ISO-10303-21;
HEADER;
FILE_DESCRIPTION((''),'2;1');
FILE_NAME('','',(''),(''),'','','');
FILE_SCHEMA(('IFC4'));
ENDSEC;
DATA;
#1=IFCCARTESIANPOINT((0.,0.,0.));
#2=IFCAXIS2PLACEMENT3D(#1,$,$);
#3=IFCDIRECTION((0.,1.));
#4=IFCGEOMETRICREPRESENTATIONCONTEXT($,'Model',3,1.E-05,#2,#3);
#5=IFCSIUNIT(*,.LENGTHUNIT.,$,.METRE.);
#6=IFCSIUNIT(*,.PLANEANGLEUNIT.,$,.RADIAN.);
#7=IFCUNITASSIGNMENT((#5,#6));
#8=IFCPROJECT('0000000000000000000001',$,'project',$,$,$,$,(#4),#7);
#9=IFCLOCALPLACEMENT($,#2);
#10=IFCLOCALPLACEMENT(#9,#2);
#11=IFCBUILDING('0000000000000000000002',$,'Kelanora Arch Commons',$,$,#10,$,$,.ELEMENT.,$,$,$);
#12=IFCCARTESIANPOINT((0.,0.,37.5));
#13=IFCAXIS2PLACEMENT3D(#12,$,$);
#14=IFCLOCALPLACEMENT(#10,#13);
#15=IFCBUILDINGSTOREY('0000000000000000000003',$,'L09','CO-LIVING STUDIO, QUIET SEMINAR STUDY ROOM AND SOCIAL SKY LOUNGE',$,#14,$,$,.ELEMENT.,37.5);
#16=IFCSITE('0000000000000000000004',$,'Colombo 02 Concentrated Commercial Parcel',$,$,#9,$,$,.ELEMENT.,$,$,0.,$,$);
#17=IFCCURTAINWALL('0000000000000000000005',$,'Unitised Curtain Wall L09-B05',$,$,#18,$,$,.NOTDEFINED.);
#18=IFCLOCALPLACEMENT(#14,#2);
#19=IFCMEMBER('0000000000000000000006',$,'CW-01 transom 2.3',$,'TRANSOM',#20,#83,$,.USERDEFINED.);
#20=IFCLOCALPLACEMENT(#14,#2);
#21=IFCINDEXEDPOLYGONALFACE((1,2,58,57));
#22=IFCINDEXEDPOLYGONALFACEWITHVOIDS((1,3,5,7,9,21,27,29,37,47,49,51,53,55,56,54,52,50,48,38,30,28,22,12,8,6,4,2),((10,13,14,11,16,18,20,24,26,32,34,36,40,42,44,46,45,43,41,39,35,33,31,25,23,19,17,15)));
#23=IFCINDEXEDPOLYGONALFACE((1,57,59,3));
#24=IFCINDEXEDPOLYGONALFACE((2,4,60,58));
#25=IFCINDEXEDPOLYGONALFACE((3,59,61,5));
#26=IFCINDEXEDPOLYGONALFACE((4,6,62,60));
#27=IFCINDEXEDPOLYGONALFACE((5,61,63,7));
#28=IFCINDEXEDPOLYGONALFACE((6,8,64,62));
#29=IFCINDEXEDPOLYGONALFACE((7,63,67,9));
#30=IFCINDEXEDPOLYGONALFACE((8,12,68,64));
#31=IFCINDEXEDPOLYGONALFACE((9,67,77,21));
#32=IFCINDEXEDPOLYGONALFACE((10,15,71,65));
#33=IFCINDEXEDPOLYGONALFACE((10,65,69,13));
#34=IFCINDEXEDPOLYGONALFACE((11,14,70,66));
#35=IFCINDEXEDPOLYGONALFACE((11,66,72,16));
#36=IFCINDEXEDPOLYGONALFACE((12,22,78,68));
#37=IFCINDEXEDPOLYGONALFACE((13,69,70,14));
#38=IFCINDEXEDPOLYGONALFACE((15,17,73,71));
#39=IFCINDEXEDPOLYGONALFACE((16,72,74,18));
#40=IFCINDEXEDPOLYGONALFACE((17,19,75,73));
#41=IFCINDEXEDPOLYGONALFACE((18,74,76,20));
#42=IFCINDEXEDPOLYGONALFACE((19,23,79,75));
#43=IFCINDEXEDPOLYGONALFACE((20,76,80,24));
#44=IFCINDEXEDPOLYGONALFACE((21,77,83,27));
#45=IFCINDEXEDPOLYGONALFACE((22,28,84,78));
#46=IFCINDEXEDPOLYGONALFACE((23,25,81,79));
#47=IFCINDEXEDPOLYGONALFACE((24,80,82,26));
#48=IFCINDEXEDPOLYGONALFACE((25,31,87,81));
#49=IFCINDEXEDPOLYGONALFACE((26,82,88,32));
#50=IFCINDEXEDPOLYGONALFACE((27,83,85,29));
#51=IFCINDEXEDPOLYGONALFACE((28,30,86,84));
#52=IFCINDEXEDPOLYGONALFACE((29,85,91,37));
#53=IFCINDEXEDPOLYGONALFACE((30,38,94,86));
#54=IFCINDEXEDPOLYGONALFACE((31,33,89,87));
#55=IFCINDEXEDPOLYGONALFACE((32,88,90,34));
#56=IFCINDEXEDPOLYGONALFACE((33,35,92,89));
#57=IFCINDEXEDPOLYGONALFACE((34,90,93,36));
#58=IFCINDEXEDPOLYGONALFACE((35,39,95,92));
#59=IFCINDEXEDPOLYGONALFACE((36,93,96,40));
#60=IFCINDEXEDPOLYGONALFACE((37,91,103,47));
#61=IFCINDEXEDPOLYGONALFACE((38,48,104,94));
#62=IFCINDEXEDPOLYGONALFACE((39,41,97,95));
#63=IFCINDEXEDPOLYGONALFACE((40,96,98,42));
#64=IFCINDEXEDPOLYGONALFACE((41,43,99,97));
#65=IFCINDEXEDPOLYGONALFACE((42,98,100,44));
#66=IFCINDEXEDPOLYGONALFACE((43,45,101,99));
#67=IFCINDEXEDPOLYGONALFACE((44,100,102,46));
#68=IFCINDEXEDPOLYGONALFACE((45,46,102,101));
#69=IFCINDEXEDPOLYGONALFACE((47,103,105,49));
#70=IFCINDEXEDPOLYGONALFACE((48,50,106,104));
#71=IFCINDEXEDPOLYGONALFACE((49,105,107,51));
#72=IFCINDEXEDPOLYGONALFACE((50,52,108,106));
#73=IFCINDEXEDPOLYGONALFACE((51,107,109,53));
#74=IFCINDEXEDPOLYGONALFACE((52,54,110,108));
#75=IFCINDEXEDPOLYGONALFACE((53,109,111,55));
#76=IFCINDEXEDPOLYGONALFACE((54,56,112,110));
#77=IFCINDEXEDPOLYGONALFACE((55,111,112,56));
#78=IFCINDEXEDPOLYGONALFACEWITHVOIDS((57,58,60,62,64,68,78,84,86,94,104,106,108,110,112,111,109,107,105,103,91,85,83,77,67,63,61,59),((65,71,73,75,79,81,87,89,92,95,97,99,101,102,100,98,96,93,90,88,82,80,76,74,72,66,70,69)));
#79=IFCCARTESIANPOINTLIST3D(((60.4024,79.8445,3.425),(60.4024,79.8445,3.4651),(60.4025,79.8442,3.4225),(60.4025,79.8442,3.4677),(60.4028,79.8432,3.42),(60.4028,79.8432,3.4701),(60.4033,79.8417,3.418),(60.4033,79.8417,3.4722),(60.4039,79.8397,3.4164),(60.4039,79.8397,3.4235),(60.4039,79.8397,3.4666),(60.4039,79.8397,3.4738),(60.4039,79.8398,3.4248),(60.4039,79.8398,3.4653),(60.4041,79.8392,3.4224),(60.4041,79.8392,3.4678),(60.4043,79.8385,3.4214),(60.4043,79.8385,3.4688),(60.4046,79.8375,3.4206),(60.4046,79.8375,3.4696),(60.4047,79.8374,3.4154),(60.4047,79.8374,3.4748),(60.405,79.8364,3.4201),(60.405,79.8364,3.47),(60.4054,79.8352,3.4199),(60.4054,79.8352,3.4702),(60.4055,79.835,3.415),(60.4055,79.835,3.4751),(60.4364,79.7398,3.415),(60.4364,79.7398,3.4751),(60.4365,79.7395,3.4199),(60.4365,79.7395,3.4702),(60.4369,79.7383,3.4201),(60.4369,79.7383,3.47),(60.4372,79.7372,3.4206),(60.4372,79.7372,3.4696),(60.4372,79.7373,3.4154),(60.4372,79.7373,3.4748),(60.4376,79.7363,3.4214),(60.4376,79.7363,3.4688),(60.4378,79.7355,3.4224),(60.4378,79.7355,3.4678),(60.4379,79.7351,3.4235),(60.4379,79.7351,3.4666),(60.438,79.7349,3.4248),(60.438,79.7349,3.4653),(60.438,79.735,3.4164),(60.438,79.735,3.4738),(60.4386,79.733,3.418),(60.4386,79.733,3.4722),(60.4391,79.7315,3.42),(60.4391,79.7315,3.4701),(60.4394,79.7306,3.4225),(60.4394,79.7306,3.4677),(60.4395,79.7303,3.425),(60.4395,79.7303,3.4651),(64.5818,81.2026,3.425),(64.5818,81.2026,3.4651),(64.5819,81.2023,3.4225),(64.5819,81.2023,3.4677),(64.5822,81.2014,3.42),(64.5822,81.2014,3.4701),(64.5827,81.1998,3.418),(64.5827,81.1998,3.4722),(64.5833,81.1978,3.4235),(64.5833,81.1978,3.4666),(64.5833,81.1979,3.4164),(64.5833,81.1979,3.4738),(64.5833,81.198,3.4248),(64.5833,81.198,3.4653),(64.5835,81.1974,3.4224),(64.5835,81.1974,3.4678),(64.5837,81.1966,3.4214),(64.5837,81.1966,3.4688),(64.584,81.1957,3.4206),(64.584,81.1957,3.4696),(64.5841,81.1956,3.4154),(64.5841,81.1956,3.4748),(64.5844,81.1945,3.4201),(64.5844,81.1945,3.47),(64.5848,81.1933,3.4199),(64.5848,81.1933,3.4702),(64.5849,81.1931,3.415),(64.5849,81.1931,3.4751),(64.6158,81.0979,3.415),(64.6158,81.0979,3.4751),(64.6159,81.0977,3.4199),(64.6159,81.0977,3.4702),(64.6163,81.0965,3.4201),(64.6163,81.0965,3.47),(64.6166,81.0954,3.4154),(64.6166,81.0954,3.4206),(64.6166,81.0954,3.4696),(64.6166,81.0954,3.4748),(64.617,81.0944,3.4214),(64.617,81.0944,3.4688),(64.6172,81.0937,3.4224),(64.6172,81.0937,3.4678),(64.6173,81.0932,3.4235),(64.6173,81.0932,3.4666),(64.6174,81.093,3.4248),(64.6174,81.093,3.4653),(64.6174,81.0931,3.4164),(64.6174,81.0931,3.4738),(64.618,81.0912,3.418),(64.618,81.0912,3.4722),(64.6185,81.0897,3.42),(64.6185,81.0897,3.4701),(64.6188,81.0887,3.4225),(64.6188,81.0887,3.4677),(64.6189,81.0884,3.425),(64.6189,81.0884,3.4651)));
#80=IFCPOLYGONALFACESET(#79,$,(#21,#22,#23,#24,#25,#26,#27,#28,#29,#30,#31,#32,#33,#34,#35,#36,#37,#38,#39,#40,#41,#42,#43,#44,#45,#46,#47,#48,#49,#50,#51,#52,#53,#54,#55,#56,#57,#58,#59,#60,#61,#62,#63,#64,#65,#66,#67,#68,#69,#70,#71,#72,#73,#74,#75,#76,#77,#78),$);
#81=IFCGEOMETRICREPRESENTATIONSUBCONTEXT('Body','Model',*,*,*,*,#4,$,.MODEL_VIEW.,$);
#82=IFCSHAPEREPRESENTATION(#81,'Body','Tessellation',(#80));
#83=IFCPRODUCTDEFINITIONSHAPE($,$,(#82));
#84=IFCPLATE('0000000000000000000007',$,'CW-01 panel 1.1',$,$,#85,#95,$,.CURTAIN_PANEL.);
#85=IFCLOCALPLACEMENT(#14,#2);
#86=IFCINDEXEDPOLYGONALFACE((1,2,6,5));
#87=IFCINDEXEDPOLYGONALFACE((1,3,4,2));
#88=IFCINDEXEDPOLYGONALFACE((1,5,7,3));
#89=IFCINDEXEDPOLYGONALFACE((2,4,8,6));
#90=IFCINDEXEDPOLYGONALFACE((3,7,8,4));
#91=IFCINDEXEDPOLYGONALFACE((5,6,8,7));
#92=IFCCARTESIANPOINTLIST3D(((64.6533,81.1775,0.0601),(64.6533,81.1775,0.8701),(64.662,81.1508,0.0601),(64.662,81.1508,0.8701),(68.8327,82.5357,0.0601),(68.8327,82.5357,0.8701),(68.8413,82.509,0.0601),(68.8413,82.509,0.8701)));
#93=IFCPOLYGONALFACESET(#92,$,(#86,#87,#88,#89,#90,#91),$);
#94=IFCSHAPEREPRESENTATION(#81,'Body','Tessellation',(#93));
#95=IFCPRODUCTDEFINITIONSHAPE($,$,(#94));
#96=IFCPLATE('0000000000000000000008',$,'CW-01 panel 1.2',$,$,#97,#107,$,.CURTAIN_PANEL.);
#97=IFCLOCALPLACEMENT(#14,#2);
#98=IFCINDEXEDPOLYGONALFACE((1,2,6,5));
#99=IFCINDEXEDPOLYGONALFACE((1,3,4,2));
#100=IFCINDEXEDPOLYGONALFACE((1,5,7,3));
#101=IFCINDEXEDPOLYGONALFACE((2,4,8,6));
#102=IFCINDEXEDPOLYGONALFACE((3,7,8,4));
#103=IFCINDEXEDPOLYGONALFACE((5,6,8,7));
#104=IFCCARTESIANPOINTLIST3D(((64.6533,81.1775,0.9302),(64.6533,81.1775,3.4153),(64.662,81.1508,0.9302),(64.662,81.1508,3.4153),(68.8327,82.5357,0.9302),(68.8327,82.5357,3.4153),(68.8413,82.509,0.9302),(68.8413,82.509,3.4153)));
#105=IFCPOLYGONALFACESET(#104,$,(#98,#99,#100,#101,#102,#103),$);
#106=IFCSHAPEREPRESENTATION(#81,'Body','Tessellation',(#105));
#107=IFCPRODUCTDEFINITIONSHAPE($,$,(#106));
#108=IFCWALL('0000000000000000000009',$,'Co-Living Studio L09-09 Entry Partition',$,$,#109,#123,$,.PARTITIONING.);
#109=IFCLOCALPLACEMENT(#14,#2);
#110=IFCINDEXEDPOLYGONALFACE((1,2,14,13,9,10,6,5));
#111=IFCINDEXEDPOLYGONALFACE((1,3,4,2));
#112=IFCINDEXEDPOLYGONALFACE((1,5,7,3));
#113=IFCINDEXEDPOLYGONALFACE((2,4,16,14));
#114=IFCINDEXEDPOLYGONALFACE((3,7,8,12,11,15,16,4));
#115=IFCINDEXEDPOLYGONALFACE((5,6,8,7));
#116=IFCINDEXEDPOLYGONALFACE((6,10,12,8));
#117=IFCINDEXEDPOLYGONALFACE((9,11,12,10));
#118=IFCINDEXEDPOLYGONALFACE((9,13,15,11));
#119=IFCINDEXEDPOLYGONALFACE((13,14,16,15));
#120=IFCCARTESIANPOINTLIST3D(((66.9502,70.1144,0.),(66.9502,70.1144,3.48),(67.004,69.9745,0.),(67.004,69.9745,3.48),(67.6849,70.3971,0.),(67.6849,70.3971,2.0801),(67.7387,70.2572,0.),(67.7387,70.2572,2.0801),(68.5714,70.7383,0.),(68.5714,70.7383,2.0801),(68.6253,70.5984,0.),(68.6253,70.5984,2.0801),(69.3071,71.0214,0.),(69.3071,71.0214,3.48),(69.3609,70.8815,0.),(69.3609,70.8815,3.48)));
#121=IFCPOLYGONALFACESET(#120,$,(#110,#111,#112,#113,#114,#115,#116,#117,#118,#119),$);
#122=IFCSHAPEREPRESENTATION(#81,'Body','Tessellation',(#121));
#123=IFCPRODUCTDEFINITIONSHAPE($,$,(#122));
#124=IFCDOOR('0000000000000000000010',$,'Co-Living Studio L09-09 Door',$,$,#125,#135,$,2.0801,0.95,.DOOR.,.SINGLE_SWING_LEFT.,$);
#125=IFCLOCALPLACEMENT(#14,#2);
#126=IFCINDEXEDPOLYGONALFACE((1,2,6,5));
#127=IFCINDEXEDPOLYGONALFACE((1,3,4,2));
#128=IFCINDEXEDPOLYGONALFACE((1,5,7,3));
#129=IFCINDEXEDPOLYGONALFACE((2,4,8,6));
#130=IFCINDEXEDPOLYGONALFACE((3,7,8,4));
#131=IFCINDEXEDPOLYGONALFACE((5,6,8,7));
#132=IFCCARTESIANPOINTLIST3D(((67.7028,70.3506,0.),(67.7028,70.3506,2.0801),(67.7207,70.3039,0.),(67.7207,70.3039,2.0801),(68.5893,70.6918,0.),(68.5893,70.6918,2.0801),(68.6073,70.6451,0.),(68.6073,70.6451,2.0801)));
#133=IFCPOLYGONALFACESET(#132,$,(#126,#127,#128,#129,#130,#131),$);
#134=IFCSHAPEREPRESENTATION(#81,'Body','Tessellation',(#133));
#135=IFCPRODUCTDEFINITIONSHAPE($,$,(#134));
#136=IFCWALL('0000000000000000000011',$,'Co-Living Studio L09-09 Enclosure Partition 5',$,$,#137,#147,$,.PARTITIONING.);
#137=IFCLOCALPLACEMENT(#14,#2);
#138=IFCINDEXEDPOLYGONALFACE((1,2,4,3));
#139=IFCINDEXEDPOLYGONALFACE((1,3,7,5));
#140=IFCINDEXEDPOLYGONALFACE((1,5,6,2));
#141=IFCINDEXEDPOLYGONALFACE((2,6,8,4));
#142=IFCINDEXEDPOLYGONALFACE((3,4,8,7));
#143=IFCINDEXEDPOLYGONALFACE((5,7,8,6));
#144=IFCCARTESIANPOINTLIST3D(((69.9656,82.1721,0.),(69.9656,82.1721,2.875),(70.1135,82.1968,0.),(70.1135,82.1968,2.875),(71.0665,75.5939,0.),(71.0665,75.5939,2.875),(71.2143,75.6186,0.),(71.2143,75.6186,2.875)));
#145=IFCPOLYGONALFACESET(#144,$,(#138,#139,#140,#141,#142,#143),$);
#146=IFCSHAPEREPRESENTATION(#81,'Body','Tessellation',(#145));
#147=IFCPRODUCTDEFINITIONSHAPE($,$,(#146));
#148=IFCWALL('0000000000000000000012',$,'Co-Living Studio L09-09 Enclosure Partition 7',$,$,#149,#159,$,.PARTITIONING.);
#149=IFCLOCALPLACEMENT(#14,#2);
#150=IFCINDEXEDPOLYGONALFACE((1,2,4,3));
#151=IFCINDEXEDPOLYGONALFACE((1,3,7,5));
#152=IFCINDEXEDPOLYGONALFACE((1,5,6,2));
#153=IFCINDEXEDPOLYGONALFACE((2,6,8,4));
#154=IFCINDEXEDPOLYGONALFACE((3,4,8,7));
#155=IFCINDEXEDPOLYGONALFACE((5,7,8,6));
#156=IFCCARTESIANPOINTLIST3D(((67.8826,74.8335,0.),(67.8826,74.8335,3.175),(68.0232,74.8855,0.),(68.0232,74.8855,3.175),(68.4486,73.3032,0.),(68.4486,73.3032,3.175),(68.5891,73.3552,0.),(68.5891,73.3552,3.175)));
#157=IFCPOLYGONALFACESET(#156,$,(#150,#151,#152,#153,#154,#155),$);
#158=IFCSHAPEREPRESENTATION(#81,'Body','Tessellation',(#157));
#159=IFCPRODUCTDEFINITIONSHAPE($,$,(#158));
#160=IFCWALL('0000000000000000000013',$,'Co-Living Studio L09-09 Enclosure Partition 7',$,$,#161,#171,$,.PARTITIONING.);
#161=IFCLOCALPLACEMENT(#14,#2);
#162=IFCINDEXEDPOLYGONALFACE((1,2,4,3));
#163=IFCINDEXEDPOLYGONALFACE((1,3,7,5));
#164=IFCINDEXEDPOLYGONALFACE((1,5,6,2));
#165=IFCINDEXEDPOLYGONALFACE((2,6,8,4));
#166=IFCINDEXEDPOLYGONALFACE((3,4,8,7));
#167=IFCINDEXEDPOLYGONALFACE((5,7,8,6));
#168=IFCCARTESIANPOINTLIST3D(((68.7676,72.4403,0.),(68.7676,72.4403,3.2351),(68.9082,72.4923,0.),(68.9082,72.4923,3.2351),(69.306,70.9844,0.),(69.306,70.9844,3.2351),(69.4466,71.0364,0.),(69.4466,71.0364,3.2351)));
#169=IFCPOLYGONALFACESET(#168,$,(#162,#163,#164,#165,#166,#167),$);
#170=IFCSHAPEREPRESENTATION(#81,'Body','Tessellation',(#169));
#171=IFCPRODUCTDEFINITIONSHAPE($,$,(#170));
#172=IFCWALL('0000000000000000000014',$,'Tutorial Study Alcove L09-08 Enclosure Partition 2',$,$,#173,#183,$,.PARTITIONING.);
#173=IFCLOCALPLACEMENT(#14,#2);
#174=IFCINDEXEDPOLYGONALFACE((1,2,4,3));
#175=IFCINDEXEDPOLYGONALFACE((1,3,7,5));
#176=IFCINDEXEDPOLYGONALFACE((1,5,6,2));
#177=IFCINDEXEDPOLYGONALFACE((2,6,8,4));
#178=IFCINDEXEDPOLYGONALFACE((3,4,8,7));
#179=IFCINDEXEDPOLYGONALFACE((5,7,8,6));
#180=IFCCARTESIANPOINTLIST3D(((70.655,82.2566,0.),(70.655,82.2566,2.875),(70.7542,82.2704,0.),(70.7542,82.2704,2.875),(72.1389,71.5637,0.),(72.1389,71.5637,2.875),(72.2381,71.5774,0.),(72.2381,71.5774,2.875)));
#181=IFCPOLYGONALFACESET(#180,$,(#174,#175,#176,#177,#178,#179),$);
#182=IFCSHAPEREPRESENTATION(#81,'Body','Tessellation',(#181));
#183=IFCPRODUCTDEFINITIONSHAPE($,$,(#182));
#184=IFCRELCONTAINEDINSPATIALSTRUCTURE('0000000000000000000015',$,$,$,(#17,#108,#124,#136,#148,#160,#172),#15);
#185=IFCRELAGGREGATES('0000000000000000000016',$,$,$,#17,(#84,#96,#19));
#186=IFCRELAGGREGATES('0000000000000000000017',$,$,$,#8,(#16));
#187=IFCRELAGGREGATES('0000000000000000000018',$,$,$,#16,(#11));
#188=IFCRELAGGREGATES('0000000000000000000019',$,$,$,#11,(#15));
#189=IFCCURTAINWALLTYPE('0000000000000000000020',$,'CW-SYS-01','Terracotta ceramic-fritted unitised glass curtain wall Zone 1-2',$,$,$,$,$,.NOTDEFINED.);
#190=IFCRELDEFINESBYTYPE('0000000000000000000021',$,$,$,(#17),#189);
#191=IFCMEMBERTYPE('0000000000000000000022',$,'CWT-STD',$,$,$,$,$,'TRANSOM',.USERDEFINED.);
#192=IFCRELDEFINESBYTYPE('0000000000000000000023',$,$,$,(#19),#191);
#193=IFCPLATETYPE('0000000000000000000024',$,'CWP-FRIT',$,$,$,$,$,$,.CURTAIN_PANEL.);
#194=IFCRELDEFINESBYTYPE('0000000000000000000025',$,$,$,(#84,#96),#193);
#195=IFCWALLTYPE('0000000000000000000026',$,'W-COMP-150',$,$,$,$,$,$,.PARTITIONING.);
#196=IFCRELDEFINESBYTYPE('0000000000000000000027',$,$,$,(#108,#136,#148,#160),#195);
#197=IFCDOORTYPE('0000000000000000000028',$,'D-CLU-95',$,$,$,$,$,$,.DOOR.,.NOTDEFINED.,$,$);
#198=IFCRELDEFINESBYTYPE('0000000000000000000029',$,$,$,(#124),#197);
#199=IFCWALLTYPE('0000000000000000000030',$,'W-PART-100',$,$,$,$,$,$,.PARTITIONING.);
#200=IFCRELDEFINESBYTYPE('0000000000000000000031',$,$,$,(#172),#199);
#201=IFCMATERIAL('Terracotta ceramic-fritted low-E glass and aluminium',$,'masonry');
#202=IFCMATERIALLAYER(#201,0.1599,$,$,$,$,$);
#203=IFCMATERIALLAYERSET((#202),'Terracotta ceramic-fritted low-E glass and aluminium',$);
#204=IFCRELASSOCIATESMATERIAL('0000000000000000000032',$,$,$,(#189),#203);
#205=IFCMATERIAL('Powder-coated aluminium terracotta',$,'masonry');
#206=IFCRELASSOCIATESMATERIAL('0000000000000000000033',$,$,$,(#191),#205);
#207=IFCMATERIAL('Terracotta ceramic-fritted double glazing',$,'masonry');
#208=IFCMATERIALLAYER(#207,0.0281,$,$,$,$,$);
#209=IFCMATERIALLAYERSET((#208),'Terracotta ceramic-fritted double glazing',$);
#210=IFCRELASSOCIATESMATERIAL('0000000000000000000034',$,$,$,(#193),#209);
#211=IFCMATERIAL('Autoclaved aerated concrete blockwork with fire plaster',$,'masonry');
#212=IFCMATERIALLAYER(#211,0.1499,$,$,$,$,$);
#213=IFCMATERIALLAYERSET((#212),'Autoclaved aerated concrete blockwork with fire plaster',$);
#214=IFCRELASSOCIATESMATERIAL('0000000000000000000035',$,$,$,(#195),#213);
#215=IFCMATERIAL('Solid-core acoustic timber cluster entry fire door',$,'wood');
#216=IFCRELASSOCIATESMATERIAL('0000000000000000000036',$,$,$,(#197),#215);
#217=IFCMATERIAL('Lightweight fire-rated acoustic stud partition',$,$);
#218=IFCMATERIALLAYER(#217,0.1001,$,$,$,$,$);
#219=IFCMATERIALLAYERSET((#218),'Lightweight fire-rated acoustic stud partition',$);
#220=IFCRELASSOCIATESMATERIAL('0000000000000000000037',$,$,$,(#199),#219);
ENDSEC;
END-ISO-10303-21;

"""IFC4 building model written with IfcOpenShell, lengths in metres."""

from ifc_helpers import new_model, si_unit, direction, frame, frame_2d, origin, origin_2d, place, context, subcontext, project, spatial, rectangle, hollow_rectangle, extrude, source, transform, mapped, material, layer, layer_set, material_profile, profile_set, type_object, element, fill, aggregate, save


model = new_model("IFC4")

# Units and contexts
model_context = context("Model", 3, precision=1e-05, world=origin(), true_north=direction((0.0, 1.0)))
body_context = subcontext(model_context, "Body", "Model", "MODEL_VIEW")
ifc_project = project(units=[si_unit("LENGTHUNIT", "METRE"), si_unit("PLANEANGLEUNIT", "RADIAN")], contexts=[model_context])

# Site, building, storey
site_placement = place(None, origin())
site = spatial("IfcSite", under=ifc_project, at=site_placement, Name="Colombo 02 Concentrated Commercial Parcel", CompositionType="ELEMENT", RefElevation=0.0)
building_placement = place(site_placement, origin())
building = spatial("IfcBuilding", under=site, at=building_placement, Name="Kelanora Arch Commons", CompositionType="ELEMENT")
storey_placement = place(building_placement, frame((0.0, 0.0, 37.5)))
storey = spatial("IfcBuildingStorey", under=building, at=storey_placement, Name="L09", Description="CO-LIVING STUDIO, QUIET SEMINAR STUDY ROOM AND SOCIAL SKY LOUNGE", CompositionType="ELEMENT", Elevation=37.5)

# Curtain wall, member, plates
ifc_material_1 = material(Name="Terracotta ceramic-fritted low-E glass and aluminium", Category="masonry")
ifc_layer_1 = layer(ifc_material_1, 0.1599)
ifc_layer_set_1 = layer_set([ifc_layer_1], Name="Terracotta ceramic-fritted low-E glass and aluminium")
curtain_wall_type = type_object("IfcCurtainWallType", Name="CW-SYS-01", Description="Terracotta ceramic-fritted unitised glass curtain wall Zone 1-2", PredefinedType="NOTDEFINED", material=ifc_layer_set_1)
curtain_wall_placement = place(storey_placement, origin())
curtain_wall = element("IfcCurtainWall", 1, at=curtain_wall_placement, inside=storey, type_object=curtain_wall_type, Name="Unitised Curtain Wall L09-B05", PredefinedType="NOTDEFINED")
ifc_material_2 = material(Name="Powder-coated aluminium terracotta", Category="masonry")
ifc_material_profile_1 = material_profile(ifc_material_2, hollow_rectangle(XDim=0.1201, YDim=0.0601, WallThickness=0.0049, InnerFilletRadius=0.0049, OuterFilletRadius=0.01, at=origin_2d()), Name="CWT120x60")
ifc_profile_set_1 = profile_set([ifc_material_profile_1], Name="Powder-coated aluminium terracotta")
member_type_1 = type_object("IfcMemberType", Name="CWT-STD", ElementType="TRANSOM", PredefinedType="USERDEFINED", material=ifc_profile_set_1)
member_1_placement = place(storey_placement, frame((64.6003, 81.1455, 3.4451), z_axis=(-0.951045, -0.309052, 0.0), x_axis=(0.309052, -0.951045, 0.0)))
member_1 = element("IfcMember", 2, at=member_1_placement, type_object=member_type_1, Name="CW-01 transom 2.3", ObjectType="TRANSOM", PredefinedType="USERDEFINED", context=body_context, shape_type="SweptSolid", body=[
    extrude(hollow_rectangle(XDim=0.1201, YDim=0.0601, WallThickness=0.0049, InnerFilletRadius=0.0049, OuterFilletRadius=0.01, at=origin_2d()), origin(), (0.0, 0.0, 1.0), 4.3945),
])
ifc_material_3 = material(Name="Terracotta ceramic-fritted double glazing", Category="masonry")
ifc_layer_2 = layer(ifc_material_3, 0.0281)
ifc_layer_set_2 = layer_set([ifc_layer_2], Name="Terracotta ceramic-fritted double glazing")
plate_type = type_object("IfcPlateType", Name="CWP-FRIT", PredefinedType="CURTAIN_PANEL", material=ifc_layer_set_2)
shared_shape_1 = source(origin(), body_context, "Body", "SweptSolid", [
    extrude(rectangle(XDim=4.3945, YDim=0.0281, at=origin_2d()), origin(), (0.0, 0.0, 1.0), 0.8101),
])
plate_1_placement = place(storey_placement, frame((66.7473, 81.8433, 0.0601), z_axis=(0.0, 0.0, 1.0), x_axis=(-0.951043, -0.309058, 0.0)))
plate_1 = element("IfcPlate", 3, at=plate_1_placement, type_object=plate_type, Name="CW-01 panel 1.1", PredefinedType="CURTAIN_PANEL", context=body_context, shape_type="MappedRepresentation", body=[
    mapped(shared_shape_1, transform((0.0, 0.0, 0.0), scale=1.0)),
])
shared_shape_2 = source(origin(), body_context, "Body", "SweptSolid", [
    extrude(rectangle(XDim=4.3945, YDim=0.0281, at=origin_2d()), origin(), (0.0, 0.0, 1.0), 2.4851),
])
plate_2_placement = place(storey_placement, frame((66.7473, 81.8433, 0.9302), z_axis=(0.0, 0.0, 1.0), x_axis=(-0.951043, -0.309058, 0.0)))
plate_2 = element("IfcPlate", 4, at=plate_2_placement, type_object=plate_type, Name="CW-01 panel 1.2", PredefinedType="CURTAIN_PANEL", context=body_context, shape_type="MappedRepresentation", body=[
    mapped(shared_shape_2, transform((0.0, 0.0, 0.0), scale=1.0)),
])
aggregate(curtain_wall, [plate_1, plate_2, member_1])

# Wall, opening, door
ifc_material_4 = material(Name="Autoclaved aerated concrete blockwork with fire plaster", Category="masonry")
ifc_layer_3 = layer(ifc_material_4, 0.1499)
ifc_layer_set_3 = layer_set([ifc_layer_3], Name="Autoclaved aerated concrete blockwork with fire plaster")
wall_type_1 = type_object("IfcWallType", Name="W-COMP-150", PredefinedType="PARTITIONING", material=ifc_layer_set_3)
wall_1_placement = place(storey_placement, frame((69.334, 70.9514, 0.0), z_axis=(0.0, 0.0, 1.0), x_axis=(-0.933283, -0.359141, 0.0)))
wall_1 = element("IfcWall", 5, at=wall_1_placement, inside=storey, type_object=wall_type_1, Name="Co-Living Studio L09-09 Entry Partition", PredefinedType="PARTITIONING", context=body_context, shape_type="SweptSolid", body=[
    extrude(rectangle(XDim=2.5254, YDim=0.1499, at=frame_2d((1.2627, 0.0))), origin(), (0.0, 0.0, 1.0), 3.48),
])
opening_1_placement = place(wall_1_placement, frame((0.7881, 0.0, 0.0)))
opening_1 = element("IfcOpeningElement", 6, at=opening_1_placement, cuts=wall_1, PredefinedType="OPENING", context=body_context, shape_type="SweptSolid", body=[
    extrude(rectangle(XDim=0.95, YDim=2.0801, at=frame_2d((0.4751, 1.04))), frame((0.0, 0.085, 0.0), z_axis=(0.0, -1.0, 0.0), x_axis=(1.0, 0.0, 0.0)), (0.0, 0.0, 1.0), 0.1699),
])
ifc_material_5 = material(Name="Solid-core acoustic timber cluster entry fire door", Category="wood")
door_type_1 = type_object("IfcDoorType", Name="D-CLU-95", OperationType="NOTDEFINED", PredefinedType="DOOR", material=ifc_material_5)
door_1_placement = place(opening_1_placement, origin())
door_1 = element("IfcDoor", 7, at=door_1_placement, inside=storey, type_object=door_type_1, Name="Co-Living Studio L09-09 Door", OperationType="SINGLE_SWING_LEFT", OverallHeight=2.0801, OverallWidth=0.95, PredefinedType="DOOR", context=body_context, shape_type="SweptSolid", body=[
    extrude(rectangle(XDim=0.95, YDim=2.0801, at=frame_2d((0.4751, 1.04))), frame((0.0, 0.0249, 0.0), z_axis=(0.0, -1.0, 0.0), x_axis=(1.0, 0.0, 0.0)), (0.0, 0.0, 1.0), 0.05),
])
fill(opening_1, door_1)

# Walls
wall_2_placement = place(storey_placement, frame((70.0396, 82.1846, 0.0), z_axis=(0.0, 0.0, 1.0), x_axis=(0.165052, -0.986285, 0.0)))
element("IfcWall", 8, at=wall_2_placement, inside=storey, type_object=wall_type_1, Name="Co-Living Studio L09-09 Enclosure Partition 5", PredefinedType="PARTITIONING", context=body_context, shape_type="SweptSolid", body=[
    extrude(rectangle(XDim=6.6697, YDim=0.1499, at=frame_2d((3.335, 0.0))), origin(), (0.0, 0.0, 1.0), 2.875),
])
wall_3_placement = place(storey_placement, frame((67.9529, 74.8596, 0.0), z_axis=(0.0, 0.0, 1.0), x_axis=(0.346856, -0.937918, 0.0)))
element("IfcWall", 9, at=wall_3_placement, inside=storey, type_object=wall_type_1, Name="Co-Living Studio L09-09 Enclosure Partition 7", PredefinedType="PARTITIONING", context=body_context, shape_type="SweptSolid", body=[
    extrude(rectangle(XDim=1.6316, YDim=0.1499, at=frame_2d((0.8159, 0.0))), origin(), (0.0, 0.0, 1.0), 3.175),
])
wall_4_placement = place(storey_placement, frame((68.8379, 72.4663, 0.0), z_axis=(0.0, 0.0, 1.0), x_axis=(0.346828, -0.937929, 0.0)))
element("IfcWall", 10, at=wall_4_placement, inside=storey, type_object=wall_type_1, Name="Co-Living Studio L09-09 Enclosure Partition 7", PredefinedType="PARTITIONING", context=body_context, shape_type="SweptSolid", body=[
    extrude(rectangle(XDim=1.5522, YDim=0.1499, at=frame_2d((0.7761, 0.0))), origin(), (0.0, 0.0, 1.0), 3.2351),
])
ifc_material_6 = material(Name="Lightweight fire-rated acoustic stud partition")
ifc_layer_4 = layer(ifc_material_6, 0.1001)
ifc_layer_set_4 = layer_set([ifc_layer_4], Name="Lightweight fire-rated acoustic stud partition")
wall_type_2 = type_object("IfcWallType", Name="W-PART-100", PredefinedType="PARTITIONING", material=ifc_layer_set_4)
wall_5_placement = place(storey_placement, frame((72.1885, 71.5706, 0.0), z_axis=(0.0, 0.0, 1.0), x_axis=(-0.137456, 0.990508, 0.0)))
element("IfcWall", 11, at=wall_5_placement, inside=storey, type_object=wall_type_2, Name="Tutorial Study Alcove L09-08 Enclosure Partition 2", PredefinedType="PARTITIONING", context=body_context, shape_type="SweptSolid", body=[
    extrude(rectangle(XDim=10.7954, YDim=0.1001, at=frame_2d((5.3977, 0.0))), origin(), (0.0, 0.0, 1.0), 2.875),
])

save(model, "model.ifc")
